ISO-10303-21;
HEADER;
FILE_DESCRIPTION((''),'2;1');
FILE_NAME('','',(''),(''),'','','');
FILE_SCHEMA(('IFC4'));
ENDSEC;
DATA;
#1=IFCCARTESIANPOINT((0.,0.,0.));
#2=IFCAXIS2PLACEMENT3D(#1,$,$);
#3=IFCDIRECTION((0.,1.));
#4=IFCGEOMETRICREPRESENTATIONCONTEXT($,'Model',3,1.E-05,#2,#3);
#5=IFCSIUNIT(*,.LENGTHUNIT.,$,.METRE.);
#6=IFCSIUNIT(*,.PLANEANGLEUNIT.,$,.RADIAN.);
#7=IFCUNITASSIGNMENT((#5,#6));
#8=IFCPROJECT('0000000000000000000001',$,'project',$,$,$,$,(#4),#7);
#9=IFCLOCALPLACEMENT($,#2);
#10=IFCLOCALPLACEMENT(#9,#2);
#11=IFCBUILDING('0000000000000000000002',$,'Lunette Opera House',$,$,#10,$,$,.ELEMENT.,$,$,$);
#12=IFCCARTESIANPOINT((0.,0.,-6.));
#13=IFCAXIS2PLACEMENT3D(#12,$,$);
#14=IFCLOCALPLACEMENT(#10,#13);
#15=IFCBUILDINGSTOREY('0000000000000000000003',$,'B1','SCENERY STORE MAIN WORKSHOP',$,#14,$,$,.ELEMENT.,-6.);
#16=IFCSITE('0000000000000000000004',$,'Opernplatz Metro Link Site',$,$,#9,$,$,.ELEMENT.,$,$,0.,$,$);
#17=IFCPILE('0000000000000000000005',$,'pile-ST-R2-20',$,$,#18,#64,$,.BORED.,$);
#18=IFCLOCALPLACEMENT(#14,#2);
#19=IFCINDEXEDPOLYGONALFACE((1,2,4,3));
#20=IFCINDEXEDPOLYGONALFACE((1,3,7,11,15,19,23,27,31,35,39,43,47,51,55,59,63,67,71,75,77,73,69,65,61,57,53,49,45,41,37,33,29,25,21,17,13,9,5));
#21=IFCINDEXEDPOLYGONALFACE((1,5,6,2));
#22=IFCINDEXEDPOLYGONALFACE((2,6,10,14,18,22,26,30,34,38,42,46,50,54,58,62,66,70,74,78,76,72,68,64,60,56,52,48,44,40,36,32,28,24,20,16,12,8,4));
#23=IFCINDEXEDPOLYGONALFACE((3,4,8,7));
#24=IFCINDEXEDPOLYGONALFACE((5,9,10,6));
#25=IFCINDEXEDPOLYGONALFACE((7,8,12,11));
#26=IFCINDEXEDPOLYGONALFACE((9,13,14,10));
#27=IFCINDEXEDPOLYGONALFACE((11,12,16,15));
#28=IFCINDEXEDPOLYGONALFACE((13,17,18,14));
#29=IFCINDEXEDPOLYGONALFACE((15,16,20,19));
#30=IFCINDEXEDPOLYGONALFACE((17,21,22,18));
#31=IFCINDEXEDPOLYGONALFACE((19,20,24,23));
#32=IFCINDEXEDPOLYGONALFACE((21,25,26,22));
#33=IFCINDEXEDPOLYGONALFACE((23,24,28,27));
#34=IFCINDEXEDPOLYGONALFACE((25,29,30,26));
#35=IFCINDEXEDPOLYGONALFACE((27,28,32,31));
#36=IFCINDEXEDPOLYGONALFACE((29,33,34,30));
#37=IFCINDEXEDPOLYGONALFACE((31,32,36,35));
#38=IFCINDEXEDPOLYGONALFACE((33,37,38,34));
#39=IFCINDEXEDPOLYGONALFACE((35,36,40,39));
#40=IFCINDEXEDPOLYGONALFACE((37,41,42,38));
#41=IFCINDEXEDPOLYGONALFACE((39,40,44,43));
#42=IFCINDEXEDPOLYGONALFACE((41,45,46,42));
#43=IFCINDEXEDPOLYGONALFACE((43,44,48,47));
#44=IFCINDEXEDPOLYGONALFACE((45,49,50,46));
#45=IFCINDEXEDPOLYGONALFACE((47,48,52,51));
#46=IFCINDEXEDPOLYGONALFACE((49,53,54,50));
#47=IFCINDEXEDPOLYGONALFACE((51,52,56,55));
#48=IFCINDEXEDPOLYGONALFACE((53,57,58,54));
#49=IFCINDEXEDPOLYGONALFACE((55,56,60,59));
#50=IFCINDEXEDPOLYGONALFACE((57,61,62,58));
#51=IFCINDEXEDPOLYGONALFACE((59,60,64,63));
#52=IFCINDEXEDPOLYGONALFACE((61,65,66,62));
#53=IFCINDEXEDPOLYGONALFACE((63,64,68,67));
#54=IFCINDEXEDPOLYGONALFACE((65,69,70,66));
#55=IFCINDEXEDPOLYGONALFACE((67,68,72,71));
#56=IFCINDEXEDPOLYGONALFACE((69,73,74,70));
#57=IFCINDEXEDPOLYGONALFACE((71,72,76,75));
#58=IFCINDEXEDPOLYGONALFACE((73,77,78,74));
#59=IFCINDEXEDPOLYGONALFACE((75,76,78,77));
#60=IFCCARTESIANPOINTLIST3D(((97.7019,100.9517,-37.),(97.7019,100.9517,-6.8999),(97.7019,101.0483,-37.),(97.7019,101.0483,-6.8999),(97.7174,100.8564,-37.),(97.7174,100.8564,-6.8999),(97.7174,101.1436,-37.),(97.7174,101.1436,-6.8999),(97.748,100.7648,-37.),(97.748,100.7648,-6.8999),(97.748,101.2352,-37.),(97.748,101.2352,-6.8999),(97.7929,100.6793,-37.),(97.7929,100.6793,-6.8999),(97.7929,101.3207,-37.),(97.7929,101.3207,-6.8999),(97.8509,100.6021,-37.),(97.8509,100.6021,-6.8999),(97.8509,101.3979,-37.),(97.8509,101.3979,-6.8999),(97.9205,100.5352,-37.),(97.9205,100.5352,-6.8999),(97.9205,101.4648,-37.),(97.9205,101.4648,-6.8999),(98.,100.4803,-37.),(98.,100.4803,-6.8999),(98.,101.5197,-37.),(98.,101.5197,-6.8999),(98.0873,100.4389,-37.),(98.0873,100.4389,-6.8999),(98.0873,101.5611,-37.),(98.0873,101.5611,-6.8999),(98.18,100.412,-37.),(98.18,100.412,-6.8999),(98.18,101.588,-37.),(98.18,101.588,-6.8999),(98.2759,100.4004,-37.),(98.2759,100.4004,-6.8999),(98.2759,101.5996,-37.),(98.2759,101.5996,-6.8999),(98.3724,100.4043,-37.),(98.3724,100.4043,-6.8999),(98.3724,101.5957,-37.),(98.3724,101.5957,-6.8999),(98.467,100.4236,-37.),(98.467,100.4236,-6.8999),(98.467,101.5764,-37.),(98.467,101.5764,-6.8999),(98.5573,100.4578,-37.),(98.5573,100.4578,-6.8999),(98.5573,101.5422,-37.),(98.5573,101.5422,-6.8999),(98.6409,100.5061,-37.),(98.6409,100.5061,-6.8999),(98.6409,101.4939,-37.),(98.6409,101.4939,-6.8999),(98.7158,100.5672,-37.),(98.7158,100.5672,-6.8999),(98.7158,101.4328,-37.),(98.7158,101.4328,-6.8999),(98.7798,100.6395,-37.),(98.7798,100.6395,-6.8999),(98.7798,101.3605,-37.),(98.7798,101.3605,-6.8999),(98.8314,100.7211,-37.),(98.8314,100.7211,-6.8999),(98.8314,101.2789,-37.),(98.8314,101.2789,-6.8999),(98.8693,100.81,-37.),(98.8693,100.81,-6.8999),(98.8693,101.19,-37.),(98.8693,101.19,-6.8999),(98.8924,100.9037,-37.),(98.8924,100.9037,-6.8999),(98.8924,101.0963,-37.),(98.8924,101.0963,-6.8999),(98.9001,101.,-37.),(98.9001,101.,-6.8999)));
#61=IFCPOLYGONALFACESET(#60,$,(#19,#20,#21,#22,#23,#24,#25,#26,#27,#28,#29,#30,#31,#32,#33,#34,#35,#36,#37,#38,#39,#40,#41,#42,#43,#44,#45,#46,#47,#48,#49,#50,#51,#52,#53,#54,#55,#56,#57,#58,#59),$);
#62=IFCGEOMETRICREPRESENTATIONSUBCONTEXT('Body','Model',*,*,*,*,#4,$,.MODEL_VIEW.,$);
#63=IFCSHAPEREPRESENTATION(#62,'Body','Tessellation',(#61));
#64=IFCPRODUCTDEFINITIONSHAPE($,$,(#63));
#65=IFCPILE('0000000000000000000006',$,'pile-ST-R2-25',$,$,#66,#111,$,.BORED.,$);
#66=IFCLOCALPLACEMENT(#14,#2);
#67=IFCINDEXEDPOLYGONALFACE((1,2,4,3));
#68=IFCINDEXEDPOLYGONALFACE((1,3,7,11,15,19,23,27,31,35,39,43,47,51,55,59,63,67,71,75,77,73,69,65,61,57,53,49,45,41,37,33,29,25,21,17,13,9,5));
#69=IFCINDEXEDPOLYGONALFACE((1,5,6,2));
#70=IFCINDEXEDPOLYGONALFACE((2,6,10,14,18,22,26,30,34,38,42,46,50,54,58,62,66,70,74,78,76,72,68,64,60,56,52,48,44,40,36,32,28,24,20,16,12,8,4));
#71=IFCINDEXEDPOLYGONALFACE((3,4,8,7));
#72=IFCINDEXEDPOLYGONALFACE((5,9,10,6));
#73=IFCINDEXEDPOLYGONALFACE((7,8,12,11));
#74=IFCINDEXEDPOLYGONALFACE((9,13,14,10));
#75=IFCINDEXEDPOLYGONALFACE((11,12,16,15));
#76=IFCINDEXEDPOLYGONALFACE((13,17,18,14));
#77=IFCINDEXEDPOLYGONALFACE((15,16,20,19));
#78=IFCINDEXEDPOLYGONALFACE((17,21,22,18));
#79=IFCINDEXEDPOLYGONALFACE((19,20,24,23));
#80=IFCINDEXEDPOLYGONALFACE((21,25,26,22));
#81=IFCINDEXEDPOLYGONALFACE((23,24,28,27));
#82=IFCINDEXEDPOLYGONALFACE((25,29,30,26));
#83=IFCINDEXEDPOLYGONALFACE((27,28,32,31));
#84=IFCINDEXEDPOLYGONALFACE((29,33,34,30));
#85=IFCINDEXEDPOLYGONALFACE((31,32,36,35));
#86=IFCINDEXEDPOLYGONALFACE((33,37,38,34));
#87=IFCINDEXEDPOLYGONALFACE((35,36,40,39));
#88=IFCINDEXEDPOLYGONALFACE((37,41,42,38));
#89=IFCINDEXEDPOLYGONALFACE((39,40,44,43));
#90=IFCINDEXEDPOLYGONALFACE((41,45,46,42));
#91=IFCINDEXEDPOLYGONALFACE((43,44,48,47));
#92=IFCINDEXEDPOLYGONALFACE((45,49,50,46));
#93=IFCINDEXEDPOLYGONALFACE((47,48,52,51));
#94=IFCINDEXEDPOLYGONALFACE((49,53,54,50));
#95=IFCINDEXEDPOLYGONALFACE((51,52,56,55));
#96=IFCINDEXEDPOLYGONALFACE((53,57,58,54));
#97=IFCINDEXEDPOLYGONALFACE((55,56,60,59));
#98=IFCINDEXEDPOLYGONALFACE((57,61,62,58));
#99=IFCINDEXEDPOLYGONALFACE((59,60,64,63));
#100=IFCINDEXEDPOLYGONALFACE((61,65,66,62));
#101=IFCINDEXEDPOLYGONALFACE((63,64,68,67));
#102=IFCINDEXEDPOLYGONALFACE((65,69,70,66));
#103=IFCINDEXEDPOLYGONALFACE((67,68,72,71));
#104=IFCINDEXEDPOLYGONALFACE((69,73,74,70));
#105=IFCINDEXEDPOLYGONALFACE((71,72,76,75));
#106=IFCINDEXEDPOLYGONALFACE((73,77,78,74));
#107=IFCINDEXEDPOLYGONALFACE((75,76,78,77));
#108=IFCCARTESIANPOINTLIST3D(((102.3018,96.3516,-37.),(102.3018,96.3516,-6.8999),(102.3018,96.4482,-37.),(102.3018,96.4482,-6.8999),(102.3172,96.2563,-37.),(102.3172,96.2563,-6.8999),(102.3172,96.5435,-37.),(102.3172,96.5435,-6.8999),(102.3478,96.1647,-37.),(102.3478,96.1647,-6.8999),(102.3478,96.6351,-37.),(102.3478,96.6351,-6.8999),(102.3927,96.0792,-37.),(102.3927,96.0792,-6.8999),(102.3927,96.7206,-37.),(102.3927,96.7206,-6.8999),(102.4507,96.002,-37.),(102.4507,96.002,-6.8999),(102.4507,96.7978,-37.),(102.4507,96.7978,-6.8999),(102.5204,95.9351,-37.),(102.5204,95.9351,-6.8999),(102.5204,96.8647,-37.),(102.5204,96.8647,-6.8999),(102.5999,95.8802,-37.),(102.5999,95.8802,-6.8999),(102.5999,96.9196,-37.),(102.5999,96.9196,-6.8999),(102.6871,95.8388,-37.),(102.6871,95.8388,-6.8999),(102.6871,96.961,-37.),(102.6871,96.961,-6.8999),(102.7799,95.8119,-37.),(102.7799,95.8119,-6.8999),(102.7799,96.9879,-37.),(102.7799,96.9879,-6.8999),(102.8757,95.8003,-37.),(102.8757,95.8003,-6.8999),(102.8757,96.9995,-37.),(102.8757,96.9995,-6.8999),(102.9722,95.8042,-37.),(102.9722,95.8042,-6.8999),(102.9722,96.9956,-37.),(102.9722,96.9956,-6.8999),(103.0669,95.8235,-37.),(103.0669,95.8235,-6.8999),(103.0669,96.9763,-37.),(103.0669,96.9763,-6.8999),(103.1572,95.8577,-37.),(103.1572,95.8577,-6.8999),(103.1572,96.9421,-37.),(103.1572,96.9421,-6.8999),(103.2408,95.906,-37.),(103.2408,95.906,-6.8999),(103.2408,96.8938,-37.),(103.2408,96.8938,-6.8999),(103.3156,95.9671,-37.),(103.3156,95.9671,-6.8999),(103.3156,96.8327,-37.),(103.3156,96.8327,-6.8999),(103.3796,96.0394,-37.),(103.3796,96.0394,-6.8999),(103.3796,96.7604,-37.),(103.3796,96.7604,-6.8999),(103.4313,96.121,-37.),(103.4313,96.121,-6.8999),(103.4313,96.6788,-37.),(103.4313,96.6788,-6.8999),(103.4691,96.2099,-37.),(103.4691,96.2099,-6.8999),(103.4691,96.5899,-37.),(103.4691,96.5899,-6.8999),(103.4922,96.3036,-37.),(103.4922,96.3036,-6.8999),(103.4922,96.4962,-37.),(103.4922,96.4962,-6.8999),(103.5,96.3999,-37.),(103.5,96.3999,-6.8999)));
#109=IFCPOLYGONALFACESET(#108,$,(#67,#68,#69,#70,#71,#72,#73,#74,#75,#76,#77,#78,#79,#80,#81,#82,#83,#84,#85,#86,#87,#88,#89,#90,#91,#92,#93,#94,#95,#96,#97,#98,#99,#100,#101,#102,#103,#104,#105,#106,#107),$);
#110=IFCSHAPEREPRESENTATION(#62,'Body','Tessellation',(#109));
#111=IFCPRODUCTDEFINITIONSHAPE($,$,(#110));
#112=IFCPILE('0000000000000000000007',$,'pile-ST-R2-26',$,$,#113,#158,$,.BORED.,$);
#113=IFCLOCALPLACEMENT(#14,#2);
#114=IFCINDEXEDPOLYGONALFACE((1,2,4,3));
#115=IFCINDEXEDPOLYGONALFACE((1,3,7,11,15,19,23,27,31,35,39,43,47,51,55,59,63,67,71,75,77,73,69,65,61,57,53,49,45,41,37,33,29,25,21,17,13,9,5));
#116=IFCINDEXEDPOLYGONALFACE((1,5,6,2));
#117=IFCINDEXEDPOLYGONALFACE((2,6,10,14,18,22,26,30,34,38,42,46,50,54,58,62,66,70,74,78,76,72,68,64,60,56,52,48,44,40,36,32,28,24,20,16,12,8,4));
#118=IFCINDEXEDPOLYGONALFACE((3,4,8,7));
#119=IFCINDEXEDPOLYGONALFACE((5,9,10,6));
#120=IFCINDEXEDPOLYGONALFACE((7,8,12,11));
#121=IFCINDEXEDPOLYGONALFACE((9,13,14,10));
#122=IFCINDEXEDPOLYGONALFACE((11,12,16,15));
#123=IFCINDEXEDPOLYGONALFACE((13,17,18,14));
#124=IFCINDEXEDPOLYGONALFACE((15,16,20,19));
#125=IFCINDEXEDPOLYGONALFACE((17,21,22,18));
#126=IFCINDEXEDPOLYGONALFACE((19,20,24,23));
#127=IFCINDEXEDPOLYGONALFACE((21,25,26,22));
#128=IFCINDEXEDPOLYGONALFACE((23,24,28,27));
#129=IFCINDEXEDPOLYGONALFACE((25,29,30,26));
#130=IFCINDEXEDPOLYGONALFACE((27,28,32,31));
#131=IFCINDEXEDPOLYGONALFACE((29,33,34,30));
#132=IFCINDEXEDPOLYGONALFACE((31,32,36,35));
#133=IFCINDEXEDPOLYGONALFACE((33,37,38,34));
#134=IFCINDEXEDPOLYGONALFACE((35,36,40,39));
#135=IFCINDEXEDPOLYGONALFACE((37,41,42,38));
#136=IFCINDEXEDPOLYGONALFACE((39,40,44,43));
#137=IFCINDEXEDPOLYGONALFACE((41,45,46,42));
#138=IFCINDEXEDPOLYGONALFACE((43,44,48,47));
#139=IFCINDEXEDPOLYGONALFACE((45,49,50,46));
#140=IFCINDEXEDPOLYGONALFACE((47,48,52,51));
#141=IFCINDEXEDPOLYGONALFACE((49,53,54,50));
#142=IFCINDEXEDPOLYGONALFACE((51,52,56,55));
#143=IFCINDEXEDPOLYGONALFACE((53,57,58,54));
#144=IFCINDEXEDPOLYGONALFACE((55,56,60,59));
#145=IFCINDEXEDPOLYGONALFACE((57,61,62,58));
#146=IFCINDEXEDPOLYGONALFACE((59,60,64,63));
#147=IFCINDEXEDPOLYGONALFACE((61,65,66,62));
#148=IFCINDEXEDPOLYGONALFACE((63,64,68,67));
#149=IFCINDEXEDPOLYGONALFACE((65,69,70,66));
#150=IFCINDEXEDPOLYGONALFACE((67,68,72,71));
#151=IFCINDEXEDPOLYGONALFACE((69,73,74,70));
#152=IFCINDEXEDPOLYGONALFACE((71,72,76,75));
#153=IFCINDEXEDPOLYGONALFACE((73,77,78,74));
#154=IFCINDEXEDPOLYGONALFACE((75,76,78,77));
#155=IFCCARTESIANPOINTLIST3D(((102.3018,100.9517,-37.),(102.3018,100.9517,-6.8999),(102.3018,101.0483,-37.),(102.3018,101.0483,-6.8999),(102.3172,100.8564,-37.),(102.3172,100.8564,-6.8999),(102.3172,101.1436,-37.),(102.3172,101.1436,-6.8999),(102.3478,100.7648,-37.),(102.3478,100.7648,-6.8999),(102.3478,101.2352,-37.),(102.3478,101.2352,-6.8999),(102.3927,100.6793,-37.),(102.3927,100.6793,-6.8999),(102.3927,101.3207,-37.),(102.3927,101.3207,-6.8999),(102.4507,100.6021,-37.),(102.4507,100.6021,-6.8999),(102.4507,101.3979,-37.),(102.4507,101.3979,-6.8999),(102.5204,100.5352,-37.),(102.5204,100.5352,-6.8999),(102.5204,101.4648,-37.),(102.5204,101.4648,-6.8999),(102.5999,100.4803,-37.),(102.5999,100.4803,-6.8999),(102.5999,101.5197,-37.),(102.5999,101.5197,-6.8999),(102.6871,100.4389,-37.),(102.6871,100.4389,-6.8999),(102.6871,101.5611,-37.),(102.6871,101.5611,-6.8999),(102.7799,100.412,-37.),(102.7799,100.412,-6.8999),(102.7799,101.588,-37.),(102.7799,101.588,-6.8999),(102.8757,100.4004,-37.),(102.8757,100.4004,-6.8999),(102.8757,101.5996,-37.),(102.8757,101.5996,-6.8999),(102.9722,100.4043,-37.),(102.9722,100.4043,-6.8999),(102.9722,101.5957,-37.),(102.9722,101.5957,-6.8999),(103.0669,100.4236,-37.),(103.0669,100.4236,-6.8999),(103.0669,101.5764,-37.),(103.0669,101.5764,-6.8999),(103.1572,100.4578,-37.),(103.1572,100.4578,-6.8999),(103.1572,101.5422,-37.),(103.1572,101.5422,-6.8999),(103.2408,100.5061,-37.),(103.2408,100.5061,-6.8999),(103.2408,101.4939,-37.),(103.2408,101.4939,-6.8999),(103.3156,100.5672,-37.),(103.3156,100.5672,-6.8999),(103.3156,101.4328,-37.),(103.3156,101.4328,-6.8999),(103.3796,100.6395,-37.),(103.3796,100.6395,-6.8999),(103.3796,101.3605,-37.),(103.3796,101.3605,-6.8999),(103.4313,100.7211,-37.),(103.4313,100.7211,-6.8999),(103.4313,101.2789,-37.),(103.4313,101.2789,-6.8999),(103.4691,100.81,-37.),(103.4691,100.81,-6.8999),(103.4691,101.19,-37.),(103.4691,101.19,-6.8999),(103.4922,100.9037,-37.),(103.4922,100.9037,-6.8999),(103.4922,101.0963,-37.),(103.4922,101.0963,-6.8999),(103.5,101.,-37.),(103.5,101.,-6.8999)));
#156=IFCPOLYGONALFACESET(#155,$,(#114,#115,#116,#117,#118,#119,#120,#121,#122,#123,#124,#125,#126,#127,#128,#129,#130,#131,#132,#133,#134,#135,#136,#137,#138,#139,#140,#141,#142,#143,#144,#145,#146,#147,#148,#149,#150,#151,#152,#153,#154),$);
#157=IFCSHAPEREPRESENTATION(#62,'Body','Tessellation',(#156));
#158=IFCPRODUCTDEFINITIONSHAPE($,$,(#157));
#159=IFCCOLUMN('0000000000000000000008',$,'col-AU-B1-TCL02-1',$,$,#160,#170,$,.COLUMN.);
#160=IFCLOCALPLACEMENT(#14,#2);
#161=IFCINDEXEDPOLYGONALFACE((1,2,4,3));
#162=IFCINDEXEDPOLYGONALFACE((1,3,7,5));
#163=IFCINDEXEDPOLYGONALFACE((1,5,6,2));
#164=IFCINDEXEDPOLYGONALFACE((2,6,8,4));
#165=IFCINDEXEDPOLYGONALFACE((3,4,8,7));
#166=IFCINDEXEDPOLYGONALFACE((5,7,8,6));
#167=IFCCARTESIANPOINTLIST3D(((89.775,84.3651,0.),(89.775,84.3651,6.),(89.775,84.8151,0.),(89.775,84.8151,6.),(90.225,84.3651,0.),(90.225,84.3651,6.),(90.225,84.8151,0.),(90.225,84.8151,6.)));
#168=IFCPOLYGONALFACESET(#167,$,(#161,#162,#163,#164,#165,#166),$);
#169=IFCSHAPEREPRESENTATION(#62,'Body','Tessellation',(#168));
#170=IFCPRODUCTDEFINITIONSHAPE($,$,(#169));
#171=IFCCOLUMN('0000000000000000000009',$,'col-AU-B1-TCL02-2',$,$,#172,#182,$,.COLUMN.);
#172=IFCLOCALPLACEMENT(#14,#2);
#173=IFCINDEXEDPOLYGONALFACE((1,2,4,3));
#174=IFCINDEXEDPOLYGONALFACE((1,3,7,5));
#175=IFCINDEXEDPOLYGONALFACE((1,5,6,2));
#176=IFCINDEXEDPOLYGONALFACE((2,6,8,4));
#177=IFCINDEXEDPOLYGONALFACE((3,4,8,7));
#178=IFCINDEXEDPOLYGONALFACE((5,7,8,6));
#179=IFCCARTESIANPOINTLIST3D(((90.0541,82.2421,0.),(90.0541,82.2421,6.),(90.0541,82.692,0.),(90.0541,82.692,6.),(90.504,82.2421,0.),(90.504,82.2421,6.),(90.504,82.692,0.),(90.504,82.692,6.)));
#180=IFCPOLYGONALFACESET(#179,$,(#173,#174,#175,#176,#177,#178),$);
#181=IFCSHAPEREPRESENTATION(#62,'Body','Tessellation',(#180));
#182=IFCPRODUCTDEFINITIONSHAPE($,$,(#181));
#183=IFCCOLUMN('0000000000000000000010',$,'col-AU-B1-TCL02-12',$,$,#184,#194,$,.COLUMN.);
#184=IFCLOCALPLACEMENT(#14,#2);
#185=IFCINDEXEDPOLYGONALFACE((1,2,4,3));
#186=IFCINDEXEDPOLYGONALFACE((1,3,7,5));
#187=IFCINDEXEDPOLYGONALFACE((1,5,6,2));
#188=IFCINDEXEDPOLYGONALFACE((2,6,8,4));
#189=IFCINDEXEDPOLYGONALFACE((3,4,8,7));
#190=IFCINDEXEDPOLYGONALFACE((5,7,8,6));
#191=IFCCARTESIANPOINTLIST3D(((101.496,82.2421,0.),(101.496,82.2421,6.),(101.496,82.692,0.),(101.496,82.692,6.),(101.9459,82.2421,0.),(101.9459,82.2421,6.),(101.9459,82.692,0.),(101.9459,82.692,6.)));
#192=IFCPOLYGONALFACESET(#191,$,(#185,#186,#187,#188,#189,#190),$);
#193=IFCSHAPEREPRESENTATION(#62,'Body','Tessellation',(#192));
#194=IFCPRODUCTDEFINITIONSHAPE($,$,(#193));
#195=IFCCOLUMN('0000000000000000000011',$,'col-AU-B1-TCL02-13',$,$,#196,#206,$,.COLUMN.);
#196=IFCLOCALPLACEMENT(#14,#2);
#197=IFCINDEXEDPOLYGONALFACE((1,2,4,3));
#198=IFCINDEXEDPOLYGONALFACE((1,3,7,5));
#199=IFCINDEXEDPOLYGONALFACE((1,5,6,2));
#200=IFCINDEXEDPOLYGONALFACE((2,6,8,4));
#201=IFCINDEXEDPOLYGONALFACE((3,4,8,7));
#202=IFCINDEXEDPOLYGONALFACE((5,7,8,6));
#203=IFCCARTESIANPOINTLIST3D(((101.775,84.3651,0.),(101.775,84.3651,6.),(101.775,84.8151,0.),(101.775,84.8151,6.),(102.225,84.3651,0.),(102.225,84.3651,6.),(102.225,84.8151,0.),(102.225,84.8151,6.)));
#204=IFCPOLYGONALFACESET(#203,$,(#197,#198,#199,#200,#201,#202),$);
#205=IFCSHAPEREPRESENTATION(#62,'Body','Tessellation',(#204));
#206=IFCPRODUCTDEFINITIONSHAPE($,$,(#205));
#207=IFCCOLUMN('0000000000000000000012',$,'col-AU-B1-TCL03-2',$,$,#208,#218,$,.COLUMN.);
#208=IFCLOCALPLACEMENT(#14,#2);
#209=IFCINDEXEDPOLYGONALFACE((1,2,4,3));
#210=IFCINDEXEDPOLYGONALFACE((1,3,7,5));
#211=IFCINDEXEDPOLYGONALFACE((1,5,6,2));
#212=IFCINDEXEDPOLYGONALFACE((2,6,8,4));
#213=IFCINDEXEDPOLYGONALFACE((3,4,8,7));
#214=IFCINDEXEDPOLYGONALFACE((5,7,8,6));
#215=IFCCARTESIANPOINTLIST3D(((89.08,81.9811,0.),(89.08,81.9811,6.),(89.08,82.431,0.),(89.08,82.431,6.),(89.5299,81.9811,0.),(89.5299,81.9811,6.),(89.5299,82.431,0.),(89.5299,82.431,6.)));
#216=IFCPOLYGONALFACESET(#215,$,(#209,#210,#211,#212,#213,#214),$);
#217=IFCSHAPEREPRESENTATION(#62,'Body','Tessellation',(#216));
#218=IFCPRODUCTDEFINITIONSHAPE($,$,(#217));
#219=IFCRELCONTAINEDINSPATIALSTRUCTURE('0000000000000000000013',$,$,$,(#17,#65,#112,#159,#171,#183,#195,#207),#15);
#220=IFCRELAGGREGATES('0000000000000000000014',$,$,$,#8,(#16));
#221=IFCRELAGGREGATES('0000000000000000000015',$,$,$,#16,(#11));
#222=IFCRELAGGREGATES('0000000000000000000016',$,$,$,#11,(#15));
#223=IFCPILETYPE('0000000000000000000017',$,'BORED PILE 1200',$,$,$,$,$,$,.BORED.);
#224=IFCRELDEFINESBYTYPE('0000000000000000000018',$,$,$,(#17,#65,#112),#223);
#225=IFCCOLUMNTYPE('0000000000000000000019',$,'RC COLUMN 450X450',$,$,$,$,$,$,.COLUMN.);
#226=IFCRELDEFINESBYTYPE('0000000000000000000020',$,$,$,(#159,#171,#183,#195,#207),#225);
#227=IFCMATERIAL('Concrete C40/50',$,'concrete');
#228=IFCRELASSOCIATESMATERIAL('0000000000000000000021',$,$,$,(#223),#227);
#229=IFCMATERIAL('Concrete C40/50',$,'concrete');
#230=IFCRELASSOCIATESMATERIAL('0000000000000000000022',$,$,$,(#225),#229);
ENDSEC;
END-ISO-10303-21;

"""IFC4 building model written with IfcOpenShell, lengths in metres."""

from ifc_helpers import new_model, si_unit, direction, frame, origin, origin_2d, place, context, subcontext, project, spatial, rectangle, circle, extrude, material, material_profile, profile_set, type_object, element, save


model = new_model("IFC4")

# Units and contexts
model_context = context("Model", 3, precision=1e-05, world=origin(), true_north=direction((0.0, 1.0)))
body_context = subcontext(model_context, "Body", "Model", "MODEL_VIEW")
ifc_project = project(units=[si_unit("LENGTHUNIT", "METRE"), si_unit("PLANEANGLEUNIT", "RADIAN")], contexts=[model_context])

# Site, building, storey
site_placement = place(None, origin())
site = spatial("IfcSite", under=ifc_project, at=site_placement, Name="Opernplatz Metro Link Site", CompositionType="ELEMENT", RefElevation=0.0)
building_placement = place(site_placement, origin())
building = spatial("IfcBuilding", under=site, at=building_placement, Name="Lunette Opera House", CompositionType="ELEMENT")
storey_placement = place(building_placement, frame((0.0, 0.0, -6.0)))
storey = spatial("IfcBuildingStorey", under=building, at=storey_placement, Name="B1", Description="SCENERY STORE MAIN WORKSHOP", CompositionType="ELEMENT", Elevation=-6.0)

# Piles
ifc_material_1 = material(Name="Concrete C40/50", Category="concrete")
ifc_material_profile_1 = material_profile(ifc_material_1, circle(Radius=0.6001, at=origin_2d()), Name="BORED PILE 1200")
ifc_profile_set_1 = profile_set([ifc_material_profile_1], Name="Concrete C40/50")
pile_type = type_object("IfcPileType", Name="BORED PILE 1200", PredefinedType="BORED", material=ifc_profile_set_1)
for number, where, z_axis, x_axis, name in (
    (1, (98.3, 101.0, -6.8999), (0.0, 0.0, -1.0), (1.0, 0.0, 0.0), "pile-ST-R2-20"),
    (2, (102.8999, 96.3999, -6.8999), (0.0, 0.0, -1.0), (1.0, 0.0, 0.0), "pile-ST-R2-25"),
    (3, (102.8999, 101.0, -6.8999), (0.0, 0.0, -1.0), (1.0, 0.0, 0.0), "pile-ST-R2-26"),
):
    element("IfcPile", number, at=place(storey_placement, frame(where, z_axis=z_axis, x_axis=x_axis)), inside=storey, type_object=pile_type, Name=name, PredefinedType="BORED", context=body_context, shape_type="SweptSolid", body=[
        extrude(circle(Radius=0.6001, at=origin_2d()), origin(), (0.0, 0.0, 1.0), 30.1001),
    ])

# Columns
ifc_material_2 = material(Name="Concrete C40/50", Category="concrete")
ifc_material_profile_2 = material_profile(ifc_material_2, rectangle(XDim=0.45, YDim=0.45, at=origin_2d()), Name="RC COLUMN 450X450")
ifc_profile_set_2 = profile_set([ifc_material_profile_2], Name="Concrete C40/50")
column_type_1 = type_object("IfcColumnType", Name="RC COLUMN 450X450", PredefinedType="COLUMN", material=ifc_profile_set_2)
for number, where, z_axis, x_axis, name in (
    (4, (90.0, 84.5901, 0.0), (0.0, 0.0, 1.0), (1.0, 0.0, 0.0), "col-AU-B1-TCL02-1"),
    (5, (90.2791, 82.467, 0.0), (0.0, 0.0, 1.0), (1.0, 0.0, 0.0), "col-AU-B1-TCL02-2"),
    (6, (101.7209, 82.467, 0.0), (0.0, 0.0, 1.0), (1.0, 0.0, 0.0), "col-AU-B1-TCL02-12"),
    (7, (102.0, 84.5901, 0.0), (0.0, 0.0, 1.0), (1.0, 0.0, 0.0), "col-AU-B1-TCL02-13"),
    (8, (89.3049, 82.2061, 0.0), (0.0, 0.0, 1.0), (1.0, 0.0, 0.0), "col-AU-B1-TCL03-2"),
):
    element("IfcColumn", number, at=place(storey_placement, frame(where, z_axis=z_axis, x_axis=x_axis)), inside=storey, type_object=column_type_1, Name=name, PredefinedType="COLUMN", context=body_context, shape_type="SweptSolid", body=[
        extrude(rectangle(XDim=0.45, YDim=0.45, at=origin_2d()), origin(), (0.0, 0.0, 1.0), 6.0),
    ])

save(model, "model.ifc")
